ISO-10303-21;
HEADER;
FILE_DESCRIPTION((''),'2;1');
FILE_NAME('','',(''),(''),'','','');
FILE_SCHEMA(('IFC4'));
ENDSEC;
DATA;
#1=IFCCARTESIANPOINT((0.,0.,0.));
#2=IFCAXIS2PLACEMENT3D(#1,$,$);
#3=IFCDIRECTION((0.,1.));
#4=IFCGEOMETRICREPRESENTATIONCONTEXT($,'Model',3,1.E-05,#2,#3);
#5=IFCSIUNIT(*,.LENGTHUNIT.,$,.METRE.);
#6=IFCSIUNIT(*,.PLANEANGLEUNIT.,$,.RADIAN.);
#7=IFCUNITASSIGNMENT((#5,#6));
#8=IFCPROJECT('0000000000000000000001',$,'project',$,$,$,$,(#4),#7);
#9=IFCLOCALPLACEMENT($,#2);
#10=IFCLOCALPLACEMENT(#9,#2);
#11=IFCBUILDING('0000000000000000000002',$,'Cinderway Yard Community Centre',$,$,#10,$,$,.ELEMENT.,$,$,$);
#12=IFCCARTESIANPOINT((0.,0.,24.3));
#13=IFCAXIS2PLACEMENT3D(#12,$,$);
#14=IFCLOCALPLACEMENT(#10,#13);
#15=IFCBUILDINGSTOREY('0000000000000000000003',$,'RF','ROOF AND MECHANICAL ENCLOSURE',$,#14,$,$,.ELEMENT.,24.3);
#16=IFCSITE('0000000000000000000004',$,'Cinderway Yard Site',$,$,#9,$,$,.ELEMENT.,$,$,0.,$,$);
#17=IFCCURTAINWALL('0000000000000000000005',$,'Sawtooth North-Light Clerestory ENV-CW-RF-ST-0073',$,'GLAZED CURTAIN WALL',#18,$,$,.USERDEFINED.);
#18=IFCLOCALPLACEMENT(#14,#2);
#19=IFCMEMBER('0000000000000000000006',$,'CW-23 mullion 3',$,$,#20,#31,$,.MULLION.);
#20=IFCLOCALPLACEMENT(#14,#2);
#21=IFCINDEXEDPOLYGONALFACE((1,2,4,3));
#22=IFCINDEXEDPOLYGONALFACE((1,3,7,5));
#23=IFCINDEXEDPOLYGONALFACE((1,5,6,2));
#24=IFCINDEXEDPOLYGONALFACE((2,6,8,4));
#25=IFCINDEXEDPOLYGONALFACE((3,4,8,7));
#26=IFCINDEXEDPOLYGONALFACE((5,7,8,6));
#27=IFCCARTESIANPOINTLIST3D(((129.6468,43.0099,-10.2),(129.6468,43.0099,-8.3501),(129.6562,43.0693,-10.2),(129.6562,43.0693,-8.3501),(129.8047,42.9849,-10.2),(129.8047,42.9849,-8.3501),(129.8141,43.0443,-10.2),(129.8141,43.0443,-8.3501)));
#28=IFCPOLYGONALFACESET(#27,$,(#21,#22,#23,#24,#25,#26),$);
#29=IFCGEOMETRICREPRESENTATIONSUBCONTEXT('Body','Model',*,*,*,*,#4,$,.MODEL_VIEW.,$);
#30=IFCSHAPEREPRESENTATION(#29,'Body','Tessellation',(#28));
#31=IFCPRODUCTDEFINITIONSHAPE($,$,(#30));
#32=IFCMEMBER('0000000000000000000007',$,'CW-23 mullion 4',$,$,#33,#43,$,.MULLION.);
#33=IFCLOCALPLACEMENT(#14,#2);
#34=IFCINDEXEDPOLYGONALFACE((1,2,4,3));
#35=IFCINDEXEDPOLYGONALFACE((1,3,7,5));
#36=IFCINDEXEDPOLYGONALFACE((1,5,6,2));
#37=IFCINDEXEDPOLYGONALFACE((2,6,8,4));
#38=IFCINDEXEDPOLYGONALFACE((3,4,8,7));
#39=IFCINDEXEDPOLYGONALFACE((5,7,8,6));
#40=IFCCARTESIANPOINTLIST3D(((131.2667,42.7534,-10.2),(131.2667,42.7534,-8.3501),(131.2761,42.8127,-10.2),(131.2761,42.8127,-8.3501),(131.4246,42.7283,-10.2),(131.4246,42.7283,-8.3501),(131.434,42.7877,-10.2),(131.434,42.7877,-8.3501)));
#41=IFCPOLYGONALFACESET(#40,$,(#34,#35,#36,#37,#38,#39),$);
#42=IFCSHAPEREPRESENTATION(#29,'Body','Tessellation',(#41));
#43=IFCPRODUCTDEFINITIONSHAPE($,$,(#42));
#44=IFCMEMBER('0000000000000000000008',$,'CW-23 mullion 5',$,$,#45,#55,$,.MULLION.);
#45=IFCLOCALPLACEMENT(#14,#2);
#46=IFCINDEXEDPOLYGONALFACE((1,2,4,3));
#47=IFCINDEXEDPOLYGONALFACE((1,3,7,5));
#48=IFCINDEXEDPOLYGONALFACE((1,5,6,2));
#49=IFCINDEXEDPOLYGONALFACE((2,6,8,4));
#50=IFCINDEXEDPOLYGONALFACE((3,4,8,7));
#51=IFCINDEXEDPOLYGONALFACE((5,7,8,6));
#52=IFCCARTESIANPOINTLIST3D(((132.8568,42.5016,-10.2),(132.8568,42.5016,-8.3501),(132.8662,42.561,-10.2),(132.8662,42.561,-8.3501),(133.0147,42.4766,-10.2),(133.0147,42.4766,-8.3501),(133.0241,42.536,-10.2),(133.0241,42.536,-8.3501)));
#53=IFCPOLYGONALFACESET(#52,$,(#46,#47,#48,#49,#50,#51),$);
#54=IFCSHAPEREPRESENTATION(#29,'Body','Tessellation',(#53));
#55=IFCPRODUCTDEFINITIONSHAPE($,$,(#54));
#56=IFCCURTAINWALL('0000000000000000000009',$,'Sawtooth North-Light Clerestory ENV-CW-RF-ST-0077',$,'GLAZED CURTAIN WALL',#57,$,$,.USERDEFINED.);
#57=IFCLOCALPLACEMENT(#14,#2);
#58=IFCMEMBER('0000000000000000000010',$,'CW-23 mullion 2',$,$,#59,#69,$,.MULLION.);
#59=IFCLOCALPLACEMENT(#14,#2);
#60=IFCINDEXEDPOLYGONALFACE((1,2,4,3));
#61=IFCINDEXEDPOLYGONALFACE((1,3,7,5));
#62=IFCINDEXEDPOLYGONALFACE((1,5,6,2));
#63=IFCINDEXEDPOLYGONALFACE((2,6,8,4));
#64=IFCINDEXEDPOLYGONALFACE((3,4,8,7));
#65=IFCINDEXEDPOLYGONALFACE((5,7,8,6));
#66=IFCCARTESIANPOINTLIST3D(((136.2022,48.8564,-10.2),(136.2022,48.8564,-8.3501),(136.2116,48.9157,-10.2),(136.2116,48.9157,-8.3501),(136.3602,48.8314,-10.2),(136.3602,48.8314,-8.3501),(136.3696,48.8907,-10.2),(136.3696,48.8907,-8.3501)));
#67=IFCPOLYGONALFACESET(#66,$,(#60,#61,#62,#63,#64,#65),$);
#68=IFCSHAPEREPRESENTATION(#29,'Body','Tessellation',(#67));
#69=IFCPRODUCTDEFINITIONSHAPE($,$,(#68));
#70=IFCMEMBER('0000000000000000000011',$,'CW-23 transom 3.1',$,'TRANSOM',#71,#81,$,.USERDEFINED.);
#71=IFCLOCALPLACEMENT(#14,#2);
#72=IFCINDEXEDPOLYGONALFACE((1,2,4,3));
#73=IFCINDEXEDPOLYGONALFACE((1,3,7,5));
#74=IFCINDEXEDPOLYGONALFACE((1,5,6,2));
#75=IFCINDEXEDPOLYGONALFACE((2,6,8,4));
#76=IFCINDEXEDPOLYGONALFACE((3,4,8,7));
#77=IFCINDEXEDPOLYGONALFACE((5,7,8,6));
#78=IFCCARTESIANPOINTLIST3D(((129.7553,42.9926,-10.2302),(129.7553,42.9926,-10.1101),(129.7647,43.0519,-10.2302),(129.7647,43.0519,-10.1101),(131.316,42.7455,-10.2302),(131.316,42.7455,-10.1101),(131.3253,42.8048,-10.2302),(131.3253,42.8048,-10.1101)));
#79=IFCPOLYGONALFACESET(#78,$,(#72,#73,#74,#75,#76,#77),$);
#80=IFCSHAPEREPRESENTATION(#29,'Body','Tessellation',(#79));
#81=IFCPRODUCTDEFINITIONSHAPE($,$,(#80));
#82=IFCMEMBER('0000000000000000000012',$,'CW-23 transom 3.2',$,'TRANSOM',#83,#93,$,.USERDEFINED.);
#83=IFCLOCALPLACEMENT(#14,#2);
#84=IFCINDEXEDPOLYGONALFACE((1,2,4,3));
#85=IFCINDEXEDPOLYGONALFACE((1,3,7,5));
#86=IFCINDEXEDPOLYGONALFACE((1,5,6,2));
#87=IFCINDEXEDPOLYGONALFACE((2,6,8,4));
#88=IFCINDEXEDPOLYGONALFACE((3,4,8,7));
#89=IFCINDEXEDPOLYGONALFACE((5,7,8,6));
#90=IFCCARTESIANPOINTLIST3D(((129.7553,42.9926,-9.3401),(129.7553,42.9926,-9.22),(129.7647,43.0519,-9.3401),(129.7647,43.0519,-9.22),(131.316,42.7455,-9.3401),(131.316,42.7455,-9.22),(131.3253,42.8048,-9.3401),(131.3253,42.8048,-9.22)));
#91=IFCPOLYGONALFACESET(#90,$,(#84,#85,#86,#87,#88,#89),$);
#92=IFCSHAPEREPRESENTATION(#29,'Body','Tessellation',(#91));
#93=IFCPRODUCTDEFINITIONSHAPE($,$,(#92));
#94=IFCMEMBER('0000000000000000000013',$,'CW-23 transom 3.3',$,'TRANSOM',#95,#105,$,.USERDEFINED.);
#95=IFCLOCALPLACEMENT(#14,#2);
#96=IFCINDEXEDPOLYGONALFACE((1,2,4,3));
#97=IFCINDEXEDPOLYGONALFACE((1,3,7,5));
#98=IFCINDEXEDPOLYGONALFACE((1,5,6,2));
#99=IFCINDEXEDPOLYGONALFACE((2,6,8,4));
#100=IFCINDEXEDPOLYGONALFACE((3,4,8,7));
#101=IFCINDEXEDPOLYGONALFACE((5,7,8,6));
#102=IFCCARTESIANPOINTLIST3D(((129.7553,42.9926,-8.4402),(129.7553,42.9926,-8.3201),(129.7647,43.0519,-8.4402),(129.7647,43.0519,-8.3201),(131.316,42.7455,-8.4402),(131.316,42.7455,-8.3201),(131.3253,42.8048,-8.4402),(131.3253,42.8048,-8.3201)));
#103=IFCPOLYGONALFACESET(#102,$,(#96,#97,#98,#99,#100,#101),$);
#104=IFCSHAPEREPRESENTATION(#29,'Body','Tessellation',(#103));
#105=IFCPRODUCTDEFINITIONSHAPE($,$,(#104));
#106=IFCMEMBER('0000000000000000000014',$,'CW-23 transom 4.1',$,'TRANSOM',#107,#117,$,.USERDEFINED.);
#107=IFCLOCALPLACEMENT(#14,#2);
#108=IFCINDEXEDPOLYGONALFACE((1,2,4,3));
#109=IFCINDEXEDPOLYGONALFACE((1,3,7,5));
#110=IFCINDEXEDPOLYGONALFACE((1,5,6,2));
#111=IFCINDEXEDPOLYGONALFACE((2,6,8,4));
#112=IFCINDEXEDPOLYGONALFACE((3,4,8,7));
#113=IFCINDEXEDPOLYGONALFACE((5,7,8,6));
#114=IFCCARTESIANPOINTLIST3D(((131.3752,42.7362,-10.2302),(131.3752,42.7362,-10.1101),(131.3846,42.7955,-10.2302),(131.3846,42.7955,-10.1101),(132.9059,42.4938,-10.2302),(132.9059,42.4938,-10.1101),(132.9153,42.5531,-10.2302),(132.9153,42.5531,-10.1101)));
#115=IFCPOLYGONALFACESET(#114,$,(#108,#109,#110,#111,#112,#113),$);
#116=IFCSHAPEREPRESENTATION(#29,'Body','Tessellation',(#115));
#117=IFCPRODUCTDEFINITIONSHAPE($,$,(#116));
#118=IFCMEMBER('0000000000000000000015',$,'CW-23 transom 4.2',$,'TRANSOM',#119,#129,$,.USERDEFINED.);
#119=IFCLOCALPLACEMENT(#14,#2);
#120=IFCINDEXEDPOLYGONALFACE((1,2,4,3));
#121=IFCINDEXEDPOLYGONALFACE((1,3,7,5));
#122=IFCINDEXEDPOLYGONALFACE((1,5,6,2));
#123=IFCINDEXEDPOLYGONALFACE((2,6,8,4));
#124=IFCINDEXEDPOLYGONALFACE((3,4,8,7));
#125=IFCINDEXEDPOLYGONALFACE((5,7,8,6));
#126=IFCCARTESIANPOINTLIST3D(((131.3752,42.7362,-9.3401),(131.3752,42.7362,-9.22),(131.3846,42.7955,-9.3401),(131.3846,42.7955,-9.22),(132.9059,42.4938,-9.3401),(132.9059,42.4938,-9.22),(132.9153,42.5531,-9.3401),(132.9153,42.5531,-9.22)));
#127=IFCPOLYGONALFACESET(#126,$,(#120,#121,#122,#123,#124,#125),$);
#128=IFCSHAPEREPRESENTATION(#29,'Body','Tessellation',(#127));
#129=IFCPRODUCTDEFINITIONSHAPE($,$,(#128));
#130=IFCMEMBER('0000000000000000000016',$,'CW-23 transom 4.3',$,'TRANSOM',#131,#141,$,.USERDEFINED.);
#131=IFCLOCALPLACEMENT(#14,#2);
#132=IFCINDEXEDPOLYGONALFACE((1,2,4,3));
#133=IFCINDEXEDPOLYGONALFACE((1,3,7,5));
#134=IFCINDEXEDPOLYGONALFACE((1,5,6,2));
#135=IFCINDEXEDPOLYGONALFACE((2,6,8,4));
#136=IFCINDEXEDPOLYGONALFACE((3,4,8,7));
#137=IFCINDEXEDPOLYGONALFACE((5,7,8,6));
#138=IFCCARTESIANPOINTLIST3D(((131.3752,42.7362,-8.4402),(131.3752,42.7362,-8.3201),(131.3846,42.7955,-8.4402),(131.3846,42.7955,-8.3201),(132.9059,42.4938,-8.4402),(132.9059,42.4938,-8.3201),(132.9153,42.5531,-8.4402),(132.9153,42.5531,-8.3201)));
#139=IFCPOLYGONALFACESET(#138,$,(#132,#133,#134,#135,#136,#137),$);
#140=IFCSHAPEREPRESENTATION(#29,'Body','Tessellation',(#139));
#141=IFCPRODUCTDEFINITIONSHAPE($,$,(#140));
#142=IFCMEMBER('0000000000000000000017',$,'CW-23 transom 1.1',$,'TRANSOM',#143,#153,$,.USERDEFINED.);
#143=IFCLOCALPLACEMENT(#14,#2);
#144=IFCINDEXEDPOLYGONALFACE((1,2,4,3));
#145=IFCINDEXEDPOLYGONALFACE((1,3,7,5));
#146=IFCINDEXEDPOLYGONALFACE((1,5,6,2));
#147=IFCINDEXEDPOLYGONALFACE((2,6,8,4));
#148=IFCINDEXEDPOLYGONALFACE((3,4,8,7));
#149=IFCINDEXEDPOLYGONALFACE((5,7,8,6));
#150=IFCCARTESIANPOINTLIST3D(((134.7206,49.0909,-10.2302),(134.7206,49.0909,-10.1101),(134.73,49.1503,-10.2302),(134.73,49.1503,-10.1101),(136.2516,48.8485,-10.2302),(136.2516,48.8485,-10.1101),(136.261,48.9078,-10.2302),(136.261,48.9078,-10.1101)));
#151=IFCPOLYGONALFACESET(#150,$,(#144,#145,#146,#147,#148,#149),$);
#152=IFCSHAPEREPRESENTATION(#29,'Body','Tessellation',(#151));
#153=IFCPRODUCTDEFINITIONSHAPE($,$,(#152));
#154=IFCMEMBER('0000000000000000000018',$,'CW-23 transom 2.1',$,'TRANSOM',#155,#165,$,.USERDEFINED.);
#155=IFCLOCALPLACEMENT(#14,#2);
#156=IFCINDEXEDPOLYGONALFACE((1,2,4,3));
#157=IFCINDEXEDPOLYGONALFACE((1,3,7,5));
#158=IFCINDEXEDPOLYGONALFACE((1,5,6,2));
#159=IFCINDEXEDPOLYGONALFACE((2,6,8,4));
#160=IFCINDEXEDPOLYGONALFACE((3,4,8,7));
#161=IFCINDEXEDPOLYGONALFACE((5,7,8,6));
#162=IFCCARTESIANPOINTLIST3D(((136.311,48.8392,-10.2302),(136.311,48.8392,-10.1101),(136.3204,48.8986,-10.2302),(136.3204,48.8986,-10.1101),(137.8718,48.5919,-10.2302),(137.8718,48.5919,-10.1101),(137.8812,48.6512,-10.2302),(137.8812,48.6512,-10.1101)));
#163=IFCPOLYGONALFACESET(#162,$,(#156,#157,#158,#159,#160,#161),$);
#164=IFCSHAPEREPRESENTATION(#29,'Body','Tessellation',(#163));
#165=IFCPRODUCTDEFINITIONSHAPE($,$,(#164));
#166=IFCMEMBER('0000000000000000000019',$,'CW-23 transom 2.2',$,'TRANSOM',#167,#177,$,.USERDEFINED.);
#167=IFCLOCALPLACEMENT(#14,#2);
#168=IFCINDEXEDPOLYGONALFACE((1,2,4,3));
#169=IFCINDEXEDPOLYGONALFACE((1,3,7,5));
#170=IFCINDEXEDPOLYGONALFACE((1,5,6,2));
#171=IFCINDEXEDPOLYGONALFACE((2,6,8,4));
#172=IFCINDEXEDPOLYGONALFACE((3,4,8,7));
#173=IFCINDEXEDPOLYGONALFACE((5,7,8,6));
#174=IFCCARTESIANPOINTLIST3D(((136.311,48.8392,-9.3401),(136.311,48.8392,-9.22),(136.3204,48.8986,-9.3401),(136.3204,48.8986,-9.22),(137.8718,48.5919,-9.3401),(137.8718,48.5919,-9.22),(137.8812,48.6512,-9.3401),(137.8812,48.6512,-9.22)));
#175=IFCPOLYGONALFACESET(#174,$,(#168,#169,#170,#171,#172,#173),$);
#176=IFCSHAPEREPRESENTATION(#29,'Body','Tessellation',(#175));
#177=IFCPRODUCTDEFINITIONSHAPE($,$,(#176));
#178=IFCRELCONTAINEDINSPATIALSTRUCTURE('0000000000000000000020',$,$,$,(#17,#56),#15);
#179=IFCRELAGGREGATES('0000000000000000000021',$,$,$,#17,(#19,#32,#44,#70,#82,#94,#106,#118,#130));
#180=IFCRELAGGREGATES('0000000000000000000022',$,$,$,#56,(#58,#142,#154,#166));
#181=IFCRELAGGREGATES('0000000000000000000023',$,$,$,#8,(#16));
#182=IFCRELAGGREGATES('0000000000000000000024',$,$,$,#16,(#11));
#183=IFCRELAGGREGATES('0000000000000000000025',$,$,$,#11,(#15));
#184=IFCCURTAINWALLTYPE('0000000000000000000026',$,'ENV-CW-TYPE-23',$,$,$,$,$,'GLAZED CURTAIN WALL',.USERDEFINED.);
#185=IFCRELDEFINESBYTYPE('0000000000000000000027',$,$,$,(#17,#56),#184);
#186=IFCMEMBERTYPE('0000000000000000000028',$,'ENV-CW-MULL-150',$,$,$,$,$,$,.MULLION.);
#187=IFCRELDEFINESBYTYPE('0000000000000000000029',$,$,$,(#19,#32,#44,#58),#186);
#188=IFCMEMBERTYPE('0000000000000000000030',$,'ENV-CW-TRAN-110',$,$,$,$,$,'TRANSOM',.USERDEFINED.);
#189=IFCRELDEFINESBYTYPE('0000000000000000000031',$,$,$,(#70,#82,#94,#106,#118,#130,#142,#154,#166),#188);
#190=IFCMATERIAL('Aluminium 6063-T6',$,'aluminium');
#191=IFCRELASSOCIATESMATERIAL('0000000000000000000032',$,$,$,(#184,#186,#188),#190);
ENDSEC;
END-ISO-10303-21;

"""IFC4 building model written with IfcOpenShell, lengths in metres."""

from ifc_helpers import new_model, si_unit, direction, frame, origin, origin_2d, place, context, subcontext, project, spatial, rectangle, extrude, material, material_profile, profile_set, type_object, element, aggregate, save


model = new_model("IFC4")

# Units and contexts
model_context = context("Model", 3, precision=1e-05, world=origin(), true_north=direction((0.0, 1.0)))
body_context = subcontext(model_context, "Body", "Model", "MODEL_VIEW")
ifc_project = project(units=[si_unit("LENGTHUNIT", "METRE"), si_unit("PLANEANGLEUNIT", "RADIAN")], contexts=[model_context])

# Site, building, storey
site_placement = place(None, origin())
site = spatial("IfcSite", under=ifc_project, at=site_placement, Name="Cinderway Yard Site", CompositionType="ELEMENT", RefElevation=0.0)
building_placement = place(site_placement, origin())
building = spatial("IfcBuilding", under=site, at=building_placement, Name="Cinderway Yard Community Centre", CompositionType="ELEMENT")
storey_placement = place(building_placement, frame((0.0, 0.0, 24.3)))
storey = spatial("IfcBuildingStorey", under=building, at=storey_placement, Name="RF", Description="ROOF AND MECHANICAL ENCLOSURE", CompositionType="ELEMENT", Elevation=24.3)

# Curtain wall, members
ifc_material_1 = material(Name="Aluminium 6063-T6", Category="aluminium")
curtain_wall_type = type_object("IfcCurtainWallType", Name="ENV-CW-TYPE-23", ElementType="GLAZED CURTAIN WALL", PredefinedType="USERDEFINED", material=ifc_material_1)
curtain_wall_1_placement = place(storey_placement, origin())
curtain_wall_1 = element("IfcCurtainWall", 1, at=curtain_wall_1_placement, inside=storey, type_object=curtain_wall_type, Name="Sawtooth North-Light Clerestory ENV-CW-RF-ST-0073", ObjectType="GLAZED CURTAIN WALL", PredefinedType="USERDEFINED")
ifc_material_profile_1 = material_profile(ifc_material_1, rectangle(XDim=0.0601, YDim=0.1599, at=origin_2d()), Name="Aluminium 6063-T6")
ifc_profile_set_1 = profile_set([ifc_material_profile_1], Name="Aluminium 6063-T6")
member_type_1 = type_object("IfcMemberType", Name="ENV-CW-MULL-150", PredefinedType="MULLION", material=ifc_profile_set_1)
member_1_placement = place(storey_placement, frame((129.7305, 43.0271, -10.2), z_axis=(0.0, 0.0, 1.0), x_axis=(0.156409, 0.987692, 0.0)))
member_1 = element("IfcMember", 2, at=member_1_placement, type_object=member_type_1, Name="CW-23 mullion 3", PredefinedType="MULLION", context=body_context, shape_type="SweptSolid", body=[
    extrude(rectangle(XDim=0.0601, YDim=0.1599, at=origin_2d()), origin(), (0.0, 0.0, 1.0), 1.8499),
])
member_2_placement = place(storey_placement, frame((131.3503, 42.7705, -10.2), z_axis=(0.0, 0.0, 1.0), x_axis=(0.156409, 0.987692, 0.0)))
member_2 = element("IfcMember", 3, at=member_2_placement, type_object=member_type_1, Name="CW-23 mullion 4", PredefinedType="MULLION", context=body_context, shape_type="SweptSolid", body=[
    extrude(rectangle(XDim=0.0601, YDim=0.1599, at=origin_2d()), origin(), (0.0, 0.0, 1.0), 1.8499),
])
member_3_placement = place(storey_placement, frame((132.9404, 42.5188, -10.2), z_axis=(0.0, 0.0, 1.0), x_axis=(0.156409, 0.987692, 0.0)))
member_3 = element("IfcMember", 4, at=member_3_placement, type_object=member_type_1, Name="CW-23 mullion 5", PredefinedType="MULLION", context=body_context, shape_type="SweptSolid", body=[
    extrude(rectangle(XDim=0.0601, YDim=0.1599, at=origin_2d()), origin(), (0.0, 0.0, 1.0), 1.8499),
])

# Curtain wall, member
curtain_wall_2_placement = place(storey_placement, origin())
curtain_wall_2 = element("IfcCurtainWall", 5, at=curtain_wall_2_placement, inside=storey, type_object=curtain_wall_type, Name="Sawtooth North-Light Clerestory ENV-CW-RF-ST-0077", ObjectType="GLAZED CURTAIN WALL", PredefinedType="USERDEFINED")
member_4_placement = place(storey_placement, frame((136.2859, 48.8735, -10.2), z_axis=(0.0, 0.0, 1.0), x_axis=(0.156385, 0.987696, 0.0)))
member_4 = element("IfcMember", 6, at=member_4_placement, type_object=member_type_1, Name="CW-23 mullion 2", PredefinedType="MULLION", context=body_context, shape_type="SweptSolid", body=[
    extrude(rectangle(XDim=0.0601, YDim=0.1599, at=origin_2d()), origin(), (0.0, 0.0, 1.0), 1.8499),
])

# Members
ifc_material_profile_2 = material_profile(ifc_material_1, rectangle(XDim=0.0601, YDim=0.1201, at=origin_2d()), Name="Aluminium 6063-T6")
ifc_profile_set_2 = profile_set([ifc_material_profile_2], Name="Aluminium 6063-T6")
member_type_2 = type_object("IfcMemberType", Name="ENV-CW-TRAN-110", ElementType="TRANSOM", PredefinedType="USERDEFINED", material=ifc_profile_set_2)
member_5_placement = place(storey_placement, frame((129.76, 43.0222, -10.1702), z_axis=(0.987698, -0.156375, 0.0), x_axis=(0.156375, 0.987698, 0.0)))
member_5 = element("IfcMember", 7, at=member_5_placement, type_object=member_type_2, Name="CW-23 transom 3.1", ObjectType="TRANSOM", PredefinedType="USERDEFINED", context=body_context, shape_type="SweptSolid", body=[
    extrude(rectangle(XDim=0.0601, YDim=0.1201, at=origin_2d()), origin(), (0.0, 0.0, 1.0), 1.5801),
])
member_6_placement = place(storey_placement, frame((129.76, 43.0222, -9.28), z_axis=(0.987698, -0.156375, 0.0), x_axis=(0.156375, 0.987698, 0.0)))
member_6 = element("IfcMember", 8, at=member_6_placement, type_object=member_type_2, Name="CW-23 transom 3.2", ObjectType="TRANSOM", PredefinedType="USERDEFINED", context=body_context, shape_type="SweptSolid", body=[
    extrude(rectangle(XDim=0.0601, YDim=0.1201, at=origin_2d()), origin(), (0.0, 0.0, 1.0), 1.5801),
])
member_7_placement = place(storey_placement, frame((129.76, 43.0222, -8.3801), z_axis=(0.987698, -0.156375, 0.0), x_axis=(0.156375, 0.987698, 0.0)))
member_7 = element("IfcMember", 9, at=member_7_placement, type_object=member_type_2, Name="CW-23 transom 3.3", ObjectType="TRANSOM", PredefinedType="USERDEFINED", context=body_context, shape_type="SweptSolid", body=[
    extrude(rectangle(XDim=0.0601, YDim=0.1201, at=origin_2d()), origin(), (0.0, 0.0, 1.0), 1.5801),
])
member_8_placement = place(storey_placement, frame((131.3799, 42.7659, -10.1702), z_axis=(0.98769, -0.156424, 0.0), x_axis=(0.156424, 0.98769, 0.0)))
member_8 = element("IfcMember", 10, at=member_8_placement, type_object=member_type_2, Name="CW-23 transom 4.1", ObjectType="TRANSOM", PredefinedType="USERDEFINED", context=body_context, shape_type="SweptSolid", body=[
    extrude(rectangle(XDim=0.0601, YDim=0.1201, at=origin_2d()), origin(), (0.0, 0.0, 1.0), 1.5498),
])
member_9_placement = place(storey_placement, frame((131.3799, 42.7659, -9.28), z_axis=(0.98769, -0.156424, 0.0), x_axis=(0.156424, 0.98769, 0.0)))
member_9 = element("IfcMember", 11, at=member_9_placement, type_object=member_type_2, Name="CW-23 transom 4.2", ObjectType="TRANSOM", PredefinedType="USERDEFINED", context=body_context, shape_type="SweptSolid", body=[
    extrude(rectangle(XDim=0.0601, YDim=0.1201, at=origin_2d()), origin(), (0.0, 0.0, 1.0), 1.5498),
])
member_10_placement = place(storey_placement, frame((131.3799, 42.7659, -8.3801), z_axis=(0.98769, -0.156424, 0.0), x_axis=(0.156424, 0.98769, 0.0)))
member_10 = element("IfcMember", 12, at=member_10_placement, type_object=member_type_2, Name="CW-23 transom 4.3", ObjectType="TRANSOM", PredefinedType="USERDEFINED", context=body_context, shape_type="SweptSolid", body=[
    extrude(rectangle(XDim=0.0601, YDim=0.1201, at=origin_2d()), origin(), (0.0, 0.0, 1.0), 1.5498),
])
member_11_placement = place(storey_placement, frame((134.7253, 49.1206, -10.1702), z_axis=(0.987694, -0.156399, 0.0), x_axis=(0.156399, 0.987694, 0.0)))
member_11 = element("IfcMember", 13, at=member_11_placement, type_object=member_type_2, Name="CW-23 transom 1.1", ObjectType="TRANSOM", PredefinedType="USERDEFINED", context=body_context, shape_type="SweptSolid", body=[
    extrude(rectangle(XDim=0.0601, YDim=0.1201, at=origin_2d()), origin(), (0.0, 0.0, 1.0), 1.55),
])
member_12_placement = place(storey_placement, frame((136.3157, 48.8689, -10.1702), z_axis=(0.987678, -0.156502, 0.0), x_axis=(0.156502, 0.987678, 0.0)))
member_12 = element("IfcMember", 14, at=member_12_placement, type_object=member_type_2, Name="CW-23 transom 2.1", ObjectType="TRANSOM", PredefinedType="USERDEFINED", context=body_context, shape_type="SweptSolid", body=[
    extrude(rectangle(XDim=0.0601, YDim=0.1201, at=origin_2d()), origin(), (0.0, 0.0, 1.0), 1.5803),
])
member_13_placement = place(storey_placement, frame((136.3157, 48.8689, -9.28), z_axis=(0.987678, -0.156502, 0.0), x_axis=(0.156502, 0.987678, 0.0)))
member_13 = element("IfcMember", 15, at=member_13_placement, type_object=member_type_2, Name="CW-23 transom 2.2", ObjectType="TRANSOM", PredefinedType="USERDEFINED", context=body_context, shape_type="SweptSolid", body=[
    extrude(rectangle(XDim=0.0601, YDim=0.1201, at=origin_2d()), origin(), (0.0, 0.0, 1.0), 1.5803),
])

aggregate(curtain_wall_1, [member_1, member_2, member_3, member_5, member_6, member_7, member_8, member_9, member_10])
aggregate(curtain_wall_2, [member_4, member_11, member_12, member_13])

save(model, "model.ifc")
